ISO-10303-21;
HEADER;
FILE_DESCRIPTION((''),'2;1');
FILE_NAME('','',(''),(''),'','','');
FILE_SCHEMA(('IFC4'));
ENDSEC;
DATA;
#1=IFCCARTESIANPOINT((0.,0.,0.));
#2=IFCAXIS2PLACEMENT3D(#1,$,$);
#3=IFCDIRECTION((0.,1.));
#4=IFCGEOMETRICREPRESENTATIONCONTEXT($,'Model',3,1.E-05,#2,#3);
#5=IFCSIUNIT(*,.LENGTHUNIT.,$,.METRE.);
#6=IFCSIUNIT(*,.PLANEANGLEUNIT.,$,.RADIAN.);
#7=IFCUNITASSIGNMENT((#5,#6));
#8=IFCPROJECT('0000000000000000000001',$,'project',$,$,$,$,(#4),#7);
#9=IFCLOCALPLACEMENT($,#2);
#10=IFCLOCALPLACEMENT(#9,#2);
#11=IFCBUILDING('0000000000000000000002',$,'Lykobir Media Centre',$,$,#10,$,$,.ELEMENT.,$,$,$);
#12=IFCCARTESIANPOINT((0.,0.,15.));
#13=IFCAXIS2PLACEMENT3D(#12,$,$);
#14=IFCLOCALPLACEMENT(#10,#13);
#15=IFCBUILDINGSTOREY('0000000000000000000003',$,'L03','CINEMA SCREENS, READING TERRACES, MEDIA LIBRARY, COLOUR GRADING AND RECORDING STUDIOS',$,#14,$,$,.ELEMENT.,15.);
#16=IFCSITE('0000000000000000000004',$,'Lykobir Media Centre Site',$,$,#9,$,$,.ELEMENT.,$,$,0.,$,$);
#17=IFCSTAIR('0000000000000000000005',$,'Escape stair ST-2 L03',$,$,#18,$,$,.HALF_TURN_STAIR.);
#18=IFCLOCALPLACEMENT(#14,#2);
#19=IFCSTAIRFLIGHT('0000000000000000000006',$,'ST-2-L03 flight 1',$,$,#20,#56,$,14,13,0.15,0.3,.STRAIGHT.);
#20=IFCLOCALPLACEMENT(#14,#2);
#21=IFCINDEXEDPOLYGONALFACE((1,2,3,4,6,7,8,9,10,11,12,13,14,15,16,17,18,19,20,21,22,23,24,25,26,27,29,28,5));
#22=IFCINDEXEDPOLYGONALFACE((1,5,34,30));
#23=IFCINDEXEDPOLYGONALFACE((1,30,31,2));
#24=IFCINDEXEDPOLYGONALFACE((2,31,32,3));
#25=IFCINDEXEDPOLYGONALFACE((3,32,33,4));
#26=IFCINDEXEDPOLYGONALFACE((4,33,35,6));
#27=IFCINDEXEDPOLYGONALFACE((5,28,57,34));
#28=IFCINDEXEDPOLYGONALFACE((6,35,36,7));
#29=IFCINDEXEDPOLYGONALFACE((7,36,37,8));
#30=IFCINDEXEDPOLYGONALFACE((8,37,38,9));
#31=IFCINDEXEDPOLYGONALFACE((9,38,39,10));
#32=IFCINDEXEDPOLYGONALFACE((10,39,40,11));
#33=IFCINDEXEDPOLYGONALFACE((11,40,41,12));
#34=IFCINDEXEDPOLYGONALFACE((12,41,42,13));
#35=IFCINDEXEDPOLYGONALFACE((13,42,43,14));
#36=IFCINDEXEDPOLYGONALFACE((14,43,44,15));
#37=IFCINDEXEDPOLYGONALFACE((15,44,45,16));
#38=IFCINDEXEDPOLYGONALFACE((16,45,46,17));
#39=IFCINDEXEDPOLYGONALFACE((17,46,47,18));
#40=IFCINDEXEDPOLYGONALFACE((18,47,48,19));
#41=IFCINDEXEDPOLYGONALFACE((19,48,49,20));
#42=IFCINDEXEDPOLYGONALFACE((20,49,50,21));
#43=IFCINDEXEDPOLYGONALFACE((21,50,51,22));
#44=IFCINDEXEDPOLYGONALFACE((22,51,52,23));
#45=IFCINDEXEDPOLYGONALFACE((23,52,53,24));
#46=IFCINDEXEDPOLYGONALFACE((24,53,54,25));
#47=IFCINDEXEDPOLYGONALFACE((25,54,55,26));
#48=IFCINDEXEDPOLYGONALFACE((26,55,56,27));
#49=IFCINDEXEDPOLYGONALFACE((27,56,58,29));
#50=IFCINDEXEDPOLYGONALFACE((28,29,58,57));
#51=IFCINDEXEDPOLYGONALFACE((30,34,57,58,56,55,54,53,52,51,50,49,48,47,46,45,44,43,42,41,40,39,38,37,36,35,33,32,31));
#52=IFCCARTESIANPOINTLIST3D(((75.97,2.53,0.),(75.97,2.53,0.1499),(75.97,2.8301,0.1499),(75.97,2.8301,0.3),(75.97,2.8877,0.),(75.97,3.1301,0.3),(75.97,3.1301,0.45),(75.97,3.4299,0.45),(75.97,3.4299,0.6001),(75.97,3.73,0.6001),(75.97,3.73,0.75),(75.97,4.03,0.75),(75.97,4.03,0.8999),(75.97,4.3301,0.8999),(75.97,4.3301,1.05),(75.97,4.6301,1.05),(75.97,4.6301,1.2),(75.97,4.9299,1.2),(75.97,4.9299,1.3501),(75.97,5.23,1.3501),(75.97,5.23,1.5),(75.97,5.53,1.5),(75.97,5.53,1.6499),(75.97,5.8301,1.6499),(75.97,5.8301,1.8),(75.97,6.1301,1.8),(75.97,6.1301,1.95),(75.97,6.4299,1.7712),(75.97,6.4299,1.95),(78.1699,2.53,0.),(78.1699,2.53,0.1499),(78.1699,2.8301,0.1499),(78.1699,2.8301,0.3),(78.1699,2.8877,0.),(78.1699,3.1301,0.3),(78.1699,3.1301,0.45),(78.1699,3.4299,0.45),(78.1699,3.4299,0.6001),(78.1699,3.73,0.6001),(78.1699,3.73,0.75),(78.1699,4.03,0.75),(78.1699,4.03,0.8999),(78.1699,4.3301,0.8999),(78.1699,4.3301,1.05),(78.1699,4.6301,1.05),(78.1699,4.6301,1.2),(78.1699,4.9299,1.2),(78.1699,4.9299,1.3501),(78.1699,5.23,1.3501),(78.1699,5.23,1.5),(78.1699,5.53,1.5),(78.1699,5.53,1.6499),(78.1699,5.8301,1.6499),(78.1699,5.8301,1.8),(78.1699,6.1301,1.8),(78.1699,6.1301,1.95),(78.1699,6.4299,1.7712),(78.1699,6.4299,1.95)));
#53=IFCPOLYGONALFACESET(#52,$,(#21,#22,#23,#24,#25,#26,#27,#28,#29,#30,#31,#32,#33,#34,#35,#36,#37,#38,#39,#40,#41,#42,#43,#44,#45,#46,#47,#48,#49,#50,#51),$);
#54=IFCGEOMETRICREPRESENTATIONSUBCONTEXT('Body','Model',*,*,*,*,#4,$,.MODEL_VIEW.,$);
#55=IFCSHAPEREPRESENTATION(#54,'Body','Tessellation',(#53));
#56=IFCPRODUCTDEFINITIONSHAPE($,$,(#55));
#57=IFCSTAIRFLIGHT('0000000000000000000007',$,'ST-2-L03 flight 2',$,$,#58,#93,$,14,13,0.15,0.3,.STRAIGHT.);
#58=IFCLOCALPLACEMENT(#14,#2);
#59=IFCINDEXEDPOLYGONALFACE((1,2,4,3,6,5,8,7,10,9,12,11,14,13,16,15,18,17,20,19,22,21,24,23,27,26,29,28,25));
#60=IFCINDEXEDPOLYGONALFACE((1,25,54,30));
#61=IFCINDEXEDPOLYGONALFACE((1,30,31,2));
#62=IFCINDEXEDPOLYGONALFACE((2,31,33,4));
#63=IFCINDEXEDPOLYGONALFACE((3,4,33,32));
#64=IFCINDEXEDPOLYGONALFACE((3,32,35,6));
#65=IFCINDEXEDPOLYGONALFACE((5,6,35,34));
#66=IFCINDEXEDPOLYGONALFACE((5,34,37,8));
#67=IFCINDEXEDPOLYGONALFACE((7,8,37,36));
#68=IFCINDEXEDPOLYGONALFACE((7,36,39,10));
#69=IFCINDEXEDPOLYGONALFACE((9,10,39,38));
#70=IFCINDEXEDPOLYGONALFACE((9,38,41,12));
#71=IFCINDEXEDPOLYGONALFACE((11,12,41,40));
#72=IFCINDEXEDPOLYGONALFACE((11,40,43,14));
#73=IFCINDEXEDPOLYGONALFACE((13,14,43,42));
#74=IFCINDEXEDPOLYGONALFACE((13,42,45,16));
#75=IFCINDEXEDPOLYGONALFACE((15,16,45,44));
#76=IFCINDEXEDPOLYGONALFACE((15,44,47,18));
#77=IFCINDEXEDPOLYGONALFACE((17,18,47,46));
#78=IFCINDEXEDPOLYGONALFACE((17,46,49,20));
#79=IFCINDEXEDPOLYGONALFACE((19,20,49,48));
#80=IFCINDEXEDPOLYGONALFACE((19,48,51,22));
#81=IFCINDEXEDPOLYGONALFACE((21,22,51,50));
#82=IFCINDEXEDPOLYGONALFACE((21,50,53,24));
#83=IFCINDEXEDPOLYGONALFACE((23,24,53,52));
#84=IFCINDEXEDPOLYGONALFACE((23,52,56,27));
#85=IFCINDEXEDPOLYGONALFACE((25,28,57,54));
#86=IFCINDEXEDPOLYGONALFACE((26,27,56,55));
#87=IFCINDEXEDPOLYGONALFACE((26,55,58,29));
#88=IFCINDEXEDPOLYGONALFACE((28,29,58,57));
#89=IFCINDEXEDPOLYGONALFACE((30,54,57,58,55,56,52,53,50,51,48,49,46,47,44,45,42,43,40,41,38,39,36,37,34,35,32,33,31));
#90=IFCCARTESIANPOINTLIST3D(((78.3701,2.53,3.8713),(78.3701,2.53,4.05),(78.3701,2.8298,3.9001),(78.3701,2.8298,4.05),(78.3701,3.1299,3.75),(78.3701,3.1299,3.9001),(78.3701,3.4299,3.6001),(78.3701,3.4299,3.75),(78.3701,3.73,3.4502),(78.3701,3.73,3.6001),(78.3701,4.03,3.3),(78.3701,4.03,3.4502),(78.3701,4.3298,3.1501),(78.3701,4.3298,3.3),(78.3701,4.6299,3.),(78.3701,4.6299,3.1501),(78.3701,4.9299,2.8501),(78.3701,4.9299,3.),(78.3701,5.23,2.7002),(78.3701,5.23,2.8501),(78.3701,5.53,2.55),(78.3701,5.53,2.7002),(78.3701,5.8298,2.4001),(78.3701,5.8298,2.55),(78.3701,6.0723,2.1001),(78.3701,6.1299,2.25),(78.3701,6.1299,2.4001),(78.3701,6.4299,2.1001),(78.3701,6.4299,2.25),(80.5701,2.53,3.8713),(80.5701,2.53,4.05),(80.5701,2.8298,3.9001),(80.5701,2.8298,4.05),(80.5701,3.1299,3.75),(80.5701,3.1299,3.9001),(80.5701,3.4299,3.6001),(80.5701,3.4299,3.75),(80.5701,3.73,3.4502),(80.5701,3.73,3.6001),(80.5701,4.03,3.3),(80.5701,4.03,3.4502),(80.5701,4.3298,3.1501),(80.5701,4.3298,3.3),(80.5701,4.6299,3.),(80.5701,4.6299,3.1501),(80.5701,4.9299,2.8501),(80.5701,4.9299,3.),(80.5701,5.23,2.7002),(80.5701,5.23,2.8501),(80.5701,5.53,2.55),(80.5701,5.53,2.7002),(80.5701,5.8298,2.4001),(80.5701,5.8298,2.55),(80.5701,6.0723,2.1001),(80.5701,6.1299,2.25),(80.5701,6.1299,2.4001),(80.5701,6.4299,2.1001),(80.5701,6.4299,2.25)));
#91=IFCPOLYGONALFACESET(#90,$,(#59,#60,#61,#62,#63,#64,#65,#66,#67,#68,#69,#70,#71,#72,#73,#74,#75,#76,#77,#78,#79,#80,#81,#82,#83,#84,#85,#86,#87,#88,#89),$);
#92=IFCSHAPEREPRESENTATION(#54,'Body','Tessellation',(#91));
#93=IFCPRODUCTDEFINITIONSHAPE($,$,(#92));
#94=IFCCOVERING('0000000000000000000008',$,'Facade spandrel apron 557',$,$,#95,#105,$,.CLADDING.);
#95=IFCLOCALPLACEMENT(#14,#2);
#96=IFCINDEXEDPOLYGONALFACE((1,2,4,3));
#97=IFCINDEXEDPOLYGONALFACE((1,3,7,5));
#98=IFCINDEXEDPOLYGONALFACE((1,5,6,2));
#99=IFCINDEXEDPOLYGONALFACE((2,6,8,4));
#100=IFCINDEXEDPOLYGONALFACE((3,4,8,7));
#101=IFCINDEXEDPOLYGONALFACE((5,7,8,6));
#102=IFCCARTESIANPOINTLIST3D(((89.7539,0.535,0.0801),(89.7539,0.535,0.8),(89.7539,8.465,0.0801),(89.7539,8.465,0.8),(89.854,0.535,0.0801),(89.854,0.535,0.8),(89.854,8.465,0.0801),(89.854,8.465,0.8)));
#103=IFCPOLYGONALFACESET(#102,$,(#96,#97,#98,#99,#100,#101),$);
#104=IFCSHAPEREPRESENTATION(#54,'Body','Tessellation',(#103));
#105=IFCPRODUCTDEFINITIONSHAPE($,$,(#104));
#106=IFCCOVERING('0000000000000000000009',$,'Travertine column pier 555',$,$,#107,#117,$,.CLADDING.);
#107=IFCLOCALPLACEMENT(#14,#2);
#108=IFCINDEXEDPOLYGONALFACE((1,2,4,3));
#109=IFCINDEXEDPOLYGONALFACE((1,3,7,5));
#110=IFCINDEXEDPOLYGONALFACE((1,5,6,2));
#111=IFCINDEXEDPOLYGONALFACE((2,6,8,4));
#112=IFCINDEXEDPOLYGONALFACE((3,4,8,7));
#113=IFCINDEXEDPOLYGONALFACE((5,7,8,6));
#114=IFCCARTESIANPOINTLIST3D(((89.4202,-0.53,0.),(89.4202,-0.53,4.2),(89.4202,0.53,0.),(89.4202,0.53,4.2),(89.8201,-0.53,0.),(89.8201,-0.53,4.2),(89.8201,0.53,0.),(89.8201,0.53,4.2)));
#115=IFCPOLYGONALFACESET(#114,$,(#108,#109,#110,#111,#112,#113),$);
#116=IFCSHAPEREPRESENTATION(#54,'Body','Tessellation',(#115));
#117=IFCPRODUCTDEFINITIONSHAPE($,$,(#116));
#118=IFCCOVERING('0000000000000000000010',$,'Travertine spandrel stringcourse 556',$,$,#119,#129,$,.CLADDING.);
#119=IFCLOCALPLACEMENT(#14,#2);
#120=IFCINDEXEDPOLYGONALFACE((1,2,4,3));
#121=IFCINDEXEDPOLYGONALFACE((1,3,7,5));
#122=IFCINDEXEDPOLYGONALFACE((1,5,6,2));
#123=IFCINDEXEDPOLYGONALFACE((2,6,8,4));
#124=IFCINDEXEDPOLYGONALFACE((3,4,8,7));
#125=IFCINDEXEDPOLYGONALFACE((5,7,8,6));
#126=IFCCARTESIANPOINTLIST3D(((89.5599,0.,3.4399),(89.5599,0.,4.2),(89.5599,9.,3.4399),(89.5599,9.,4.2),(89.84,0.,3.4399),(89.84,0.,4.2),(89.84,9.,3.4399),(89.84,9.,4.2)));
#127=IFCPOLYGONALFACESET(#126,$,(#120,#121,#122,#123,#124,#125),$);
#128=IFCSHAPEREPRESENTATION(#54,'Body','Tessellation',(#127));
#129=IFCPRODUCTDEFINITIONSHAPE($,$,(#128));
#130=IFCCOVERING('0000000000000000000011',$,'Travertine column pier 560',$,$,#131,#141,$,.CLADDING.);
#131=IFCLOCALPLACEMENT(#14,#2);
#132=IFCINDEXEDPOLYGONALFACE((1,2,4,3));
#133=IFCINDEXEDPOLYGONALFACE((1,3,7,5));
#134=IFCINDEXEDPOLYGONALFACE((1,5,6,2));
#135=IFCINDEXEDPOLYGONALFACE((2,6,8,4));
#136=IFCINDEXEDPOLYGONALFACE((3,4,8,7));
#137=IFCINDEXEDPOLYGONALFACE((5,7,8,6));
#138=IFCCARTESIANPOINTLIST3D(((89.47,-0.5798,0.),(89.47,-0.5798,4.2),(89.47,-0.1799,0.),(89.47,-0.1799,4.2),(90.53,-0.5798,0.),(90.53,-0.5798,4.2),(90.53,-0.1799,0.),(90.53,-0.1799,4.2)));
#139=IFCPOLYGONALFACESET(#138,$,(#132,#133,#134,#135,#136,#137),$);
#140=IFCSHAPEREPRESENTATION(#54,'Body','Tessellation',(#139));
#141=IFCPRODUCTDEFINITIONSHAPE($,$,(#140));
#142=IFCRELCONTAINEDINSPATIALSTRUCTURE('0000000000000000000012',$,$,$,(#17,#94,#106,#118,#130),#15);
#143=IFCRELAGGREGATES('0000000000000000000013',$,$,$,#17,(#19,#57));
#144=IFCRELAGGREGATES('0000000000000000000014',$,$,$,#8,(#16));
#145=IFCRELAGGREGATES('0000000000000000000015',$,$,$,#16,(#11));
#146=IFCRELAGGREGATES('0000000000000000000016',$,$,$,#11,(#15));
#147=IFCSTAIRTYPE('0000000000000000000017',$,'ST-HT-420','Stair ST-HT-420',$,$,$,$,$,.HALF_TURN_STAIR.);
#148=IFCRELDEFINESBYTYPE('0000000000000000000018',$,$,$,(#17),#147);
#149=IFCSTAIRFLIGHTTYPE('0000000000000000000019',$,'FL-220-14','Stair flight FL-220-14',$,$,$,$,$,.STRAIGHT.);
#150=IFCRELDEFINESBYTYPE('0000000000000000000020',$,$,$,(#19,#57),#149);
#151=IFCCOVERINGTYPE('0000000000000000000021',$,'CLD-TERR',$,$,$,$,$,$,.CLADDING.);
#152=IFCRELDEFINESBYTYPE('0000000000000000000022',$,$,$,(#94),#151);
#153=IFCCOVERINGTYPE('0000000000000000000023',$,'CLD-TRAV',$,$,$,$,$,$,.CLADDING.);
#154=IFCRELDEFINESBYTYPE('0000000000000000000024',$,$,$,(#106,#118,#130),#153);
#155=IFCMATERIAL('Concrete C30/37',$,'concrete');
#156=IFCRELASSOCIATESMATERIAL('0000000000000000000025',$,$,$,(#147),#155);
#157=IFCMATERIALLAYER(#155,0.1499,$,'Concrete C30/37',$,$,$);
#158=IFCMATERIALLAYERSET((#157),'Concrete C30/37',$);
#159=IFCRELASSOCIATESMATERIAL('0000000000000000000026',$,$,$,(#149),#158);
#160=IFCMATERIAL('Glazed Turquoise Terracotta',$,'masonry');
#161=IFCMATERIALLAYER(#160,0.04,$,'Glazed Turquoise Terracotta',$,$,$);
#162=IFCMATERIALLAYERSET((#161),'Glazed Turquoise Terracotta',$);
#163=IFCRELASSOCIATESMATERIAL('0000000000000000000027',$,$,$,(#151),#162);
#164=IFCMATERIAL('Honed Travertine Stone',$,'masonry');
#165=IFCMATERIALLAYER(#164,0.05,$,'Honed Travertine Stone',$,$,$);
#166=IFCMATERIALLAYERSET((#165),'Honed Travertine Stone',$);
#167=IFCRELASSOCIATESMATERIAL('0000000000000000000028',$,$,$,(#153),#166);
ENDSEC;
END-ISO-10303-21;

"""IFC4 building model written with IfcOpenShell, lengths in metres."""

from ifc_helpers import new_model, si_unit, direction, frame, origin, origin_2d, place, context, subcontext, project, spatial, polyline, rectangle, outline, extrude, material, layer, layer_set, type_object, element, aggregate, save


model = new_model("IFC4")

# Units and contexts
model_context = context("Model", 3, precision=1e-05, world=origin(), true_north=direction((0.0, 1.0)))
body_context = subcontext(model_context, "Body", "Model", "MODEL_VIEW")
ifc_project = project(units=[si_unit("LENGTHUNIT", "METRE"), si_unit("PLANEANGLEUNIT", "RADIAN")], contexts=[model_context])

# Site, building, storey
site_placement = place(None, origin())
site = spatial("IfcSite", under=ifc_project, at=site_placement, Name="Lykobir Media Centre Site", CompositionType="ELEMENT", RefElevation=0.0)
building_placement = place(site_placement, origin())
building = spatial("IfcBuilding", under=site, at=building_placement, Name="Lykobir Media Centre", CompositionType="ELEMENT")
storey_placement = place(building_placement, frame((0.0, 0.0, 15.0)))
storey = spatial("IfcBuildingStorey", under=building, at=storey_placement, Name="L03", Description="CINEMA SCREENS, READING TERRACES, MEDIA LIBRARY, COLOUR GRADING AND RECORDING STUDIOS", CompositionType="ELEMENT", Elevation=15.0)

# Stair, stair flights
ifc_material_1 = material(Name="Concrete C30/37", Category="concrete")
stair_type = type_object("IfcStairType", Name="ST-HT-420", Description="Stair ST-HT-420", PredefinedType="HALF_TURN_STAIR", material=ifc_material_1)
stair_placement = place(storey_placement, origin())
stair = element("IfcStair", 1, at=stair_placement, inside=storey, type_object=stair_type, Name="Escape stair ST-2 L03", PredefinedType="HALF_TURN_STAIR")
ifc_layer_1 = layer(ifc_material_1, 0.1499, Name="Concrete C30/37")
ifc_layer_set_1 = layer_set([ifc_layer_1], Name="Concrete C30/37")
stair_flight_type = type_object("IfcStairFlightType", Name="FL-220-14", Description="Stair flight FL-220-14", PredefinedType="STRAIGHT", material=ifc_layer_set_1)
stair_flight_1_placement = place(storey_placement, frame((77.0701, 2.53, 0.0), z_axis=(0.0, 0.0, 1.0), x_axis=(0.0, 1.0, 0.0)))
stair_flight_1 = element("IfcStairFlight", 2, at=stair_flight_1_placement, type_object=stair_flight_type, Name="ST-2-L03 flight 1", NumberOfRisers=14, NumberOfTreads=13, PredefinedType="STRAIGHT", RiserHeight=0.15, TreadLength=0.3, context=body_context, shape_type="SweptSolid", body=[
    extrude(outline(polyline([(0.0, 0.0), (0.0, 0.1499), (0.3, 0.1499), (0.3, 0.3), (0.6001, 0.3), (0.6001, 0.45), (0.8999, 0.45), (0.8999, 0.6001), (1.2, 0.6001), (1.2, 0.75), (1.5, 0.75), (1.5, 0.8999), (1.8, 0.8999), (1.8, 1.05), (2.1001, 1.05), (2.1001, 1.2), (2.3999, 1.2), (2.3999, 1.3501), (2.7, 1.3501), (2.7, 1.5), (3.0, 1.5), (3.0, 1.6499), (3.3, 1.6499), (3.3, 1.8), (3.6001, 1.8), (3.6001, 1.95), (3.8999, 1.95), (3.8999, 2.1001), (3.8999, 1.7712), (0.3577, 0.0), (0.0, 0.0)])), frame((0.0, 1.1001, 0.0), z_axis=(0.0, -1.0, 0.0), x_axis=(1.0, 0.0, 0.0)), (0.0, 0.0, 1.0), 2.2),
])
stair_flight_2_placement = place(storey_placement, frame((79.47, 6.4299, 2.1001), z_axis=(0.0, 0.0, 1.0), x_axis=(0.0, -1.0, 0.0)))
stair_flight_2 = element("IfcStairFlight", 3, at=stair_flight_2_placement, type_object=stair_flight_type, Name="ST-2-L03 flight 2", NumberOfRisers=14, NumberOfTreads=13, PredefinedType="STRAIGHT", RiserHeight=0.15, TreadLength=0.3, context=body_context, shape_type="SweptSolid", body=[
    extrude(outline(polyline([(0.0, 0.0), (0.0, 0.1499), (0.3, 0.1499), (0.3, 0.3), (0.6001, 0.3), (0.6001, 0.45), (0.8999, 0.45), (0.8999, 0.6001), (1.2, 0.6001), (1.2, 0.75), (1.5, 0.75), (1.5, 0.8999), (1.8, 0.8999), (1.8, 1.05), (2.1001, 1.05), (2.1001, 1.2), (2.3999, 1.2), (2.3999, 1.3501), (2.7, 1.3501), (2.7, 1.5), (3.0, 1.5), (3.0, 1.6499), (3.3, 1.6499), (3.3, 1.8), (3.6001, 1.8), (3.6001, 1.95), (3.8999, 1.95), (3.8999, 2.1001), (3.8999, 1.7712), (0.3577, 0.0), (0.0, 0.0)])), frame((0.0, 1.1001, 0.0), z_axis=(0.0, -1.0, 0.0), x_axis=(1.0, 0.0, 0.0)), (0.0, 0.0, 1.0), 2.2),
])
aggregate(stair, [stair_flight_1, stair_flight_2])

# Coverings
ifc_material_2 = material(Name="Glazed Turquoise Terracotta", Category="masonry")
ifc_layer_2 = layer(ifc_material_2, 0.04, Name="Glazed Turquoise Terracotta")
ifc_layer_set_2 = layer_set([ifc_layer_2], Name="Glazed Turquoise Terracotta")
covering_type_1 = type_object("IfcCoveringType", Name="CLD-TERR", PredefinedType="CLADDING", material=ifc_layer_set_2)
covering_1_placement = place(storey_placement, frame((89.804, 4.5, 0.0801), z_axis=(0.0, 0.0, 1.0), x_axis=(0.0, -1.0, 0.0)))
element("IfcCovering", 4, at=covering_1_placement, inside=storey, type_object=covering_type_1, Name="Facade spandrel apron 557", PredefinedType="CLADDING", context=body_context, shape_type="SweptSolid", body=[
    extrude(rectangle(XDim=7.9299, YDim=0.1001, at=origin_2d()), origin(), (0.0, 0.0, 1.0), 0.72),
])
ifc_material_3 = material(Name="Honed Travertine Stone", Category="masonry")
ifc_layer_3 = layer(ifc_material_3, 0.05, Name="Honed Travertine Stone")
ifc_layer_set_3 = layer_set([ifc_layer_3], Name="Honed Travertine Stone")
covering_type_2 = type_object("IfcCoveringType", Name="CLD-TRAV", PredefinedType="CLADDING", material=ifc_layer_set_3)
covering_2_placement = place(storey_placement, frame((89.6201, 0.0, 0.0), z_axis=(0.0, 0.0, 1.0), x_axis=(0.0, -1.0, 0.0)))
element("IfcCovering", 5, at=covering_2_placement, inside=storey, type_object=covering_type_2, Name="Travertine column pier 555", PredefinedType="CLADDING", context=body_context, shape_type="SweptSolid", body=[
    extrude(rectangle(XDim=1.0601, YDim=0.3999, at=origin_2d()), origin(), (0.0, 0.0, 1.0), 4.2),
])
covering_3_placement = place(storey_placement, frame((89.7, 4.5, 3.4399), z_axis=(0.0, 0.0, 1.0), x_axis=(0.0, -1.0, 0.0)))
element("IfcCovering", 6, at=covering_3_placement, inside=storey, type_object=covering_type_2, Name="Travertine spandrel stringcourse 556", PredefinedType="CLADDING", context=body_context, shape_type="SweptSolid", body=[
    extrude(rectangle(XDim=9.0, YDim=0.28, at=origin_2d()), origin(), (0.0, 0.0, 1.0), 0.76),
])
covering_4_placement = place(storey_placement, frame((90.0, -0.3799, 0.0), z_axis=(0.0, 0.0, 1.0), x_axis=(1.0, 0.0, 0.0)))
element("IfcCovering", 7, at=covering_4_placement, inside=storey, type_object=covering_type_2, Name="Travertine column pier 560", PredefinedType="CLADDING", context=body_context, shape_type="SweptSolid", body=[
    extrude(rectangle(XDim=1.0601, YDim=0.3999, at=origin_2d()), origin(), (0.0, 0.0, 1.0), 4.2),
])

save(model, "model.ifc")
